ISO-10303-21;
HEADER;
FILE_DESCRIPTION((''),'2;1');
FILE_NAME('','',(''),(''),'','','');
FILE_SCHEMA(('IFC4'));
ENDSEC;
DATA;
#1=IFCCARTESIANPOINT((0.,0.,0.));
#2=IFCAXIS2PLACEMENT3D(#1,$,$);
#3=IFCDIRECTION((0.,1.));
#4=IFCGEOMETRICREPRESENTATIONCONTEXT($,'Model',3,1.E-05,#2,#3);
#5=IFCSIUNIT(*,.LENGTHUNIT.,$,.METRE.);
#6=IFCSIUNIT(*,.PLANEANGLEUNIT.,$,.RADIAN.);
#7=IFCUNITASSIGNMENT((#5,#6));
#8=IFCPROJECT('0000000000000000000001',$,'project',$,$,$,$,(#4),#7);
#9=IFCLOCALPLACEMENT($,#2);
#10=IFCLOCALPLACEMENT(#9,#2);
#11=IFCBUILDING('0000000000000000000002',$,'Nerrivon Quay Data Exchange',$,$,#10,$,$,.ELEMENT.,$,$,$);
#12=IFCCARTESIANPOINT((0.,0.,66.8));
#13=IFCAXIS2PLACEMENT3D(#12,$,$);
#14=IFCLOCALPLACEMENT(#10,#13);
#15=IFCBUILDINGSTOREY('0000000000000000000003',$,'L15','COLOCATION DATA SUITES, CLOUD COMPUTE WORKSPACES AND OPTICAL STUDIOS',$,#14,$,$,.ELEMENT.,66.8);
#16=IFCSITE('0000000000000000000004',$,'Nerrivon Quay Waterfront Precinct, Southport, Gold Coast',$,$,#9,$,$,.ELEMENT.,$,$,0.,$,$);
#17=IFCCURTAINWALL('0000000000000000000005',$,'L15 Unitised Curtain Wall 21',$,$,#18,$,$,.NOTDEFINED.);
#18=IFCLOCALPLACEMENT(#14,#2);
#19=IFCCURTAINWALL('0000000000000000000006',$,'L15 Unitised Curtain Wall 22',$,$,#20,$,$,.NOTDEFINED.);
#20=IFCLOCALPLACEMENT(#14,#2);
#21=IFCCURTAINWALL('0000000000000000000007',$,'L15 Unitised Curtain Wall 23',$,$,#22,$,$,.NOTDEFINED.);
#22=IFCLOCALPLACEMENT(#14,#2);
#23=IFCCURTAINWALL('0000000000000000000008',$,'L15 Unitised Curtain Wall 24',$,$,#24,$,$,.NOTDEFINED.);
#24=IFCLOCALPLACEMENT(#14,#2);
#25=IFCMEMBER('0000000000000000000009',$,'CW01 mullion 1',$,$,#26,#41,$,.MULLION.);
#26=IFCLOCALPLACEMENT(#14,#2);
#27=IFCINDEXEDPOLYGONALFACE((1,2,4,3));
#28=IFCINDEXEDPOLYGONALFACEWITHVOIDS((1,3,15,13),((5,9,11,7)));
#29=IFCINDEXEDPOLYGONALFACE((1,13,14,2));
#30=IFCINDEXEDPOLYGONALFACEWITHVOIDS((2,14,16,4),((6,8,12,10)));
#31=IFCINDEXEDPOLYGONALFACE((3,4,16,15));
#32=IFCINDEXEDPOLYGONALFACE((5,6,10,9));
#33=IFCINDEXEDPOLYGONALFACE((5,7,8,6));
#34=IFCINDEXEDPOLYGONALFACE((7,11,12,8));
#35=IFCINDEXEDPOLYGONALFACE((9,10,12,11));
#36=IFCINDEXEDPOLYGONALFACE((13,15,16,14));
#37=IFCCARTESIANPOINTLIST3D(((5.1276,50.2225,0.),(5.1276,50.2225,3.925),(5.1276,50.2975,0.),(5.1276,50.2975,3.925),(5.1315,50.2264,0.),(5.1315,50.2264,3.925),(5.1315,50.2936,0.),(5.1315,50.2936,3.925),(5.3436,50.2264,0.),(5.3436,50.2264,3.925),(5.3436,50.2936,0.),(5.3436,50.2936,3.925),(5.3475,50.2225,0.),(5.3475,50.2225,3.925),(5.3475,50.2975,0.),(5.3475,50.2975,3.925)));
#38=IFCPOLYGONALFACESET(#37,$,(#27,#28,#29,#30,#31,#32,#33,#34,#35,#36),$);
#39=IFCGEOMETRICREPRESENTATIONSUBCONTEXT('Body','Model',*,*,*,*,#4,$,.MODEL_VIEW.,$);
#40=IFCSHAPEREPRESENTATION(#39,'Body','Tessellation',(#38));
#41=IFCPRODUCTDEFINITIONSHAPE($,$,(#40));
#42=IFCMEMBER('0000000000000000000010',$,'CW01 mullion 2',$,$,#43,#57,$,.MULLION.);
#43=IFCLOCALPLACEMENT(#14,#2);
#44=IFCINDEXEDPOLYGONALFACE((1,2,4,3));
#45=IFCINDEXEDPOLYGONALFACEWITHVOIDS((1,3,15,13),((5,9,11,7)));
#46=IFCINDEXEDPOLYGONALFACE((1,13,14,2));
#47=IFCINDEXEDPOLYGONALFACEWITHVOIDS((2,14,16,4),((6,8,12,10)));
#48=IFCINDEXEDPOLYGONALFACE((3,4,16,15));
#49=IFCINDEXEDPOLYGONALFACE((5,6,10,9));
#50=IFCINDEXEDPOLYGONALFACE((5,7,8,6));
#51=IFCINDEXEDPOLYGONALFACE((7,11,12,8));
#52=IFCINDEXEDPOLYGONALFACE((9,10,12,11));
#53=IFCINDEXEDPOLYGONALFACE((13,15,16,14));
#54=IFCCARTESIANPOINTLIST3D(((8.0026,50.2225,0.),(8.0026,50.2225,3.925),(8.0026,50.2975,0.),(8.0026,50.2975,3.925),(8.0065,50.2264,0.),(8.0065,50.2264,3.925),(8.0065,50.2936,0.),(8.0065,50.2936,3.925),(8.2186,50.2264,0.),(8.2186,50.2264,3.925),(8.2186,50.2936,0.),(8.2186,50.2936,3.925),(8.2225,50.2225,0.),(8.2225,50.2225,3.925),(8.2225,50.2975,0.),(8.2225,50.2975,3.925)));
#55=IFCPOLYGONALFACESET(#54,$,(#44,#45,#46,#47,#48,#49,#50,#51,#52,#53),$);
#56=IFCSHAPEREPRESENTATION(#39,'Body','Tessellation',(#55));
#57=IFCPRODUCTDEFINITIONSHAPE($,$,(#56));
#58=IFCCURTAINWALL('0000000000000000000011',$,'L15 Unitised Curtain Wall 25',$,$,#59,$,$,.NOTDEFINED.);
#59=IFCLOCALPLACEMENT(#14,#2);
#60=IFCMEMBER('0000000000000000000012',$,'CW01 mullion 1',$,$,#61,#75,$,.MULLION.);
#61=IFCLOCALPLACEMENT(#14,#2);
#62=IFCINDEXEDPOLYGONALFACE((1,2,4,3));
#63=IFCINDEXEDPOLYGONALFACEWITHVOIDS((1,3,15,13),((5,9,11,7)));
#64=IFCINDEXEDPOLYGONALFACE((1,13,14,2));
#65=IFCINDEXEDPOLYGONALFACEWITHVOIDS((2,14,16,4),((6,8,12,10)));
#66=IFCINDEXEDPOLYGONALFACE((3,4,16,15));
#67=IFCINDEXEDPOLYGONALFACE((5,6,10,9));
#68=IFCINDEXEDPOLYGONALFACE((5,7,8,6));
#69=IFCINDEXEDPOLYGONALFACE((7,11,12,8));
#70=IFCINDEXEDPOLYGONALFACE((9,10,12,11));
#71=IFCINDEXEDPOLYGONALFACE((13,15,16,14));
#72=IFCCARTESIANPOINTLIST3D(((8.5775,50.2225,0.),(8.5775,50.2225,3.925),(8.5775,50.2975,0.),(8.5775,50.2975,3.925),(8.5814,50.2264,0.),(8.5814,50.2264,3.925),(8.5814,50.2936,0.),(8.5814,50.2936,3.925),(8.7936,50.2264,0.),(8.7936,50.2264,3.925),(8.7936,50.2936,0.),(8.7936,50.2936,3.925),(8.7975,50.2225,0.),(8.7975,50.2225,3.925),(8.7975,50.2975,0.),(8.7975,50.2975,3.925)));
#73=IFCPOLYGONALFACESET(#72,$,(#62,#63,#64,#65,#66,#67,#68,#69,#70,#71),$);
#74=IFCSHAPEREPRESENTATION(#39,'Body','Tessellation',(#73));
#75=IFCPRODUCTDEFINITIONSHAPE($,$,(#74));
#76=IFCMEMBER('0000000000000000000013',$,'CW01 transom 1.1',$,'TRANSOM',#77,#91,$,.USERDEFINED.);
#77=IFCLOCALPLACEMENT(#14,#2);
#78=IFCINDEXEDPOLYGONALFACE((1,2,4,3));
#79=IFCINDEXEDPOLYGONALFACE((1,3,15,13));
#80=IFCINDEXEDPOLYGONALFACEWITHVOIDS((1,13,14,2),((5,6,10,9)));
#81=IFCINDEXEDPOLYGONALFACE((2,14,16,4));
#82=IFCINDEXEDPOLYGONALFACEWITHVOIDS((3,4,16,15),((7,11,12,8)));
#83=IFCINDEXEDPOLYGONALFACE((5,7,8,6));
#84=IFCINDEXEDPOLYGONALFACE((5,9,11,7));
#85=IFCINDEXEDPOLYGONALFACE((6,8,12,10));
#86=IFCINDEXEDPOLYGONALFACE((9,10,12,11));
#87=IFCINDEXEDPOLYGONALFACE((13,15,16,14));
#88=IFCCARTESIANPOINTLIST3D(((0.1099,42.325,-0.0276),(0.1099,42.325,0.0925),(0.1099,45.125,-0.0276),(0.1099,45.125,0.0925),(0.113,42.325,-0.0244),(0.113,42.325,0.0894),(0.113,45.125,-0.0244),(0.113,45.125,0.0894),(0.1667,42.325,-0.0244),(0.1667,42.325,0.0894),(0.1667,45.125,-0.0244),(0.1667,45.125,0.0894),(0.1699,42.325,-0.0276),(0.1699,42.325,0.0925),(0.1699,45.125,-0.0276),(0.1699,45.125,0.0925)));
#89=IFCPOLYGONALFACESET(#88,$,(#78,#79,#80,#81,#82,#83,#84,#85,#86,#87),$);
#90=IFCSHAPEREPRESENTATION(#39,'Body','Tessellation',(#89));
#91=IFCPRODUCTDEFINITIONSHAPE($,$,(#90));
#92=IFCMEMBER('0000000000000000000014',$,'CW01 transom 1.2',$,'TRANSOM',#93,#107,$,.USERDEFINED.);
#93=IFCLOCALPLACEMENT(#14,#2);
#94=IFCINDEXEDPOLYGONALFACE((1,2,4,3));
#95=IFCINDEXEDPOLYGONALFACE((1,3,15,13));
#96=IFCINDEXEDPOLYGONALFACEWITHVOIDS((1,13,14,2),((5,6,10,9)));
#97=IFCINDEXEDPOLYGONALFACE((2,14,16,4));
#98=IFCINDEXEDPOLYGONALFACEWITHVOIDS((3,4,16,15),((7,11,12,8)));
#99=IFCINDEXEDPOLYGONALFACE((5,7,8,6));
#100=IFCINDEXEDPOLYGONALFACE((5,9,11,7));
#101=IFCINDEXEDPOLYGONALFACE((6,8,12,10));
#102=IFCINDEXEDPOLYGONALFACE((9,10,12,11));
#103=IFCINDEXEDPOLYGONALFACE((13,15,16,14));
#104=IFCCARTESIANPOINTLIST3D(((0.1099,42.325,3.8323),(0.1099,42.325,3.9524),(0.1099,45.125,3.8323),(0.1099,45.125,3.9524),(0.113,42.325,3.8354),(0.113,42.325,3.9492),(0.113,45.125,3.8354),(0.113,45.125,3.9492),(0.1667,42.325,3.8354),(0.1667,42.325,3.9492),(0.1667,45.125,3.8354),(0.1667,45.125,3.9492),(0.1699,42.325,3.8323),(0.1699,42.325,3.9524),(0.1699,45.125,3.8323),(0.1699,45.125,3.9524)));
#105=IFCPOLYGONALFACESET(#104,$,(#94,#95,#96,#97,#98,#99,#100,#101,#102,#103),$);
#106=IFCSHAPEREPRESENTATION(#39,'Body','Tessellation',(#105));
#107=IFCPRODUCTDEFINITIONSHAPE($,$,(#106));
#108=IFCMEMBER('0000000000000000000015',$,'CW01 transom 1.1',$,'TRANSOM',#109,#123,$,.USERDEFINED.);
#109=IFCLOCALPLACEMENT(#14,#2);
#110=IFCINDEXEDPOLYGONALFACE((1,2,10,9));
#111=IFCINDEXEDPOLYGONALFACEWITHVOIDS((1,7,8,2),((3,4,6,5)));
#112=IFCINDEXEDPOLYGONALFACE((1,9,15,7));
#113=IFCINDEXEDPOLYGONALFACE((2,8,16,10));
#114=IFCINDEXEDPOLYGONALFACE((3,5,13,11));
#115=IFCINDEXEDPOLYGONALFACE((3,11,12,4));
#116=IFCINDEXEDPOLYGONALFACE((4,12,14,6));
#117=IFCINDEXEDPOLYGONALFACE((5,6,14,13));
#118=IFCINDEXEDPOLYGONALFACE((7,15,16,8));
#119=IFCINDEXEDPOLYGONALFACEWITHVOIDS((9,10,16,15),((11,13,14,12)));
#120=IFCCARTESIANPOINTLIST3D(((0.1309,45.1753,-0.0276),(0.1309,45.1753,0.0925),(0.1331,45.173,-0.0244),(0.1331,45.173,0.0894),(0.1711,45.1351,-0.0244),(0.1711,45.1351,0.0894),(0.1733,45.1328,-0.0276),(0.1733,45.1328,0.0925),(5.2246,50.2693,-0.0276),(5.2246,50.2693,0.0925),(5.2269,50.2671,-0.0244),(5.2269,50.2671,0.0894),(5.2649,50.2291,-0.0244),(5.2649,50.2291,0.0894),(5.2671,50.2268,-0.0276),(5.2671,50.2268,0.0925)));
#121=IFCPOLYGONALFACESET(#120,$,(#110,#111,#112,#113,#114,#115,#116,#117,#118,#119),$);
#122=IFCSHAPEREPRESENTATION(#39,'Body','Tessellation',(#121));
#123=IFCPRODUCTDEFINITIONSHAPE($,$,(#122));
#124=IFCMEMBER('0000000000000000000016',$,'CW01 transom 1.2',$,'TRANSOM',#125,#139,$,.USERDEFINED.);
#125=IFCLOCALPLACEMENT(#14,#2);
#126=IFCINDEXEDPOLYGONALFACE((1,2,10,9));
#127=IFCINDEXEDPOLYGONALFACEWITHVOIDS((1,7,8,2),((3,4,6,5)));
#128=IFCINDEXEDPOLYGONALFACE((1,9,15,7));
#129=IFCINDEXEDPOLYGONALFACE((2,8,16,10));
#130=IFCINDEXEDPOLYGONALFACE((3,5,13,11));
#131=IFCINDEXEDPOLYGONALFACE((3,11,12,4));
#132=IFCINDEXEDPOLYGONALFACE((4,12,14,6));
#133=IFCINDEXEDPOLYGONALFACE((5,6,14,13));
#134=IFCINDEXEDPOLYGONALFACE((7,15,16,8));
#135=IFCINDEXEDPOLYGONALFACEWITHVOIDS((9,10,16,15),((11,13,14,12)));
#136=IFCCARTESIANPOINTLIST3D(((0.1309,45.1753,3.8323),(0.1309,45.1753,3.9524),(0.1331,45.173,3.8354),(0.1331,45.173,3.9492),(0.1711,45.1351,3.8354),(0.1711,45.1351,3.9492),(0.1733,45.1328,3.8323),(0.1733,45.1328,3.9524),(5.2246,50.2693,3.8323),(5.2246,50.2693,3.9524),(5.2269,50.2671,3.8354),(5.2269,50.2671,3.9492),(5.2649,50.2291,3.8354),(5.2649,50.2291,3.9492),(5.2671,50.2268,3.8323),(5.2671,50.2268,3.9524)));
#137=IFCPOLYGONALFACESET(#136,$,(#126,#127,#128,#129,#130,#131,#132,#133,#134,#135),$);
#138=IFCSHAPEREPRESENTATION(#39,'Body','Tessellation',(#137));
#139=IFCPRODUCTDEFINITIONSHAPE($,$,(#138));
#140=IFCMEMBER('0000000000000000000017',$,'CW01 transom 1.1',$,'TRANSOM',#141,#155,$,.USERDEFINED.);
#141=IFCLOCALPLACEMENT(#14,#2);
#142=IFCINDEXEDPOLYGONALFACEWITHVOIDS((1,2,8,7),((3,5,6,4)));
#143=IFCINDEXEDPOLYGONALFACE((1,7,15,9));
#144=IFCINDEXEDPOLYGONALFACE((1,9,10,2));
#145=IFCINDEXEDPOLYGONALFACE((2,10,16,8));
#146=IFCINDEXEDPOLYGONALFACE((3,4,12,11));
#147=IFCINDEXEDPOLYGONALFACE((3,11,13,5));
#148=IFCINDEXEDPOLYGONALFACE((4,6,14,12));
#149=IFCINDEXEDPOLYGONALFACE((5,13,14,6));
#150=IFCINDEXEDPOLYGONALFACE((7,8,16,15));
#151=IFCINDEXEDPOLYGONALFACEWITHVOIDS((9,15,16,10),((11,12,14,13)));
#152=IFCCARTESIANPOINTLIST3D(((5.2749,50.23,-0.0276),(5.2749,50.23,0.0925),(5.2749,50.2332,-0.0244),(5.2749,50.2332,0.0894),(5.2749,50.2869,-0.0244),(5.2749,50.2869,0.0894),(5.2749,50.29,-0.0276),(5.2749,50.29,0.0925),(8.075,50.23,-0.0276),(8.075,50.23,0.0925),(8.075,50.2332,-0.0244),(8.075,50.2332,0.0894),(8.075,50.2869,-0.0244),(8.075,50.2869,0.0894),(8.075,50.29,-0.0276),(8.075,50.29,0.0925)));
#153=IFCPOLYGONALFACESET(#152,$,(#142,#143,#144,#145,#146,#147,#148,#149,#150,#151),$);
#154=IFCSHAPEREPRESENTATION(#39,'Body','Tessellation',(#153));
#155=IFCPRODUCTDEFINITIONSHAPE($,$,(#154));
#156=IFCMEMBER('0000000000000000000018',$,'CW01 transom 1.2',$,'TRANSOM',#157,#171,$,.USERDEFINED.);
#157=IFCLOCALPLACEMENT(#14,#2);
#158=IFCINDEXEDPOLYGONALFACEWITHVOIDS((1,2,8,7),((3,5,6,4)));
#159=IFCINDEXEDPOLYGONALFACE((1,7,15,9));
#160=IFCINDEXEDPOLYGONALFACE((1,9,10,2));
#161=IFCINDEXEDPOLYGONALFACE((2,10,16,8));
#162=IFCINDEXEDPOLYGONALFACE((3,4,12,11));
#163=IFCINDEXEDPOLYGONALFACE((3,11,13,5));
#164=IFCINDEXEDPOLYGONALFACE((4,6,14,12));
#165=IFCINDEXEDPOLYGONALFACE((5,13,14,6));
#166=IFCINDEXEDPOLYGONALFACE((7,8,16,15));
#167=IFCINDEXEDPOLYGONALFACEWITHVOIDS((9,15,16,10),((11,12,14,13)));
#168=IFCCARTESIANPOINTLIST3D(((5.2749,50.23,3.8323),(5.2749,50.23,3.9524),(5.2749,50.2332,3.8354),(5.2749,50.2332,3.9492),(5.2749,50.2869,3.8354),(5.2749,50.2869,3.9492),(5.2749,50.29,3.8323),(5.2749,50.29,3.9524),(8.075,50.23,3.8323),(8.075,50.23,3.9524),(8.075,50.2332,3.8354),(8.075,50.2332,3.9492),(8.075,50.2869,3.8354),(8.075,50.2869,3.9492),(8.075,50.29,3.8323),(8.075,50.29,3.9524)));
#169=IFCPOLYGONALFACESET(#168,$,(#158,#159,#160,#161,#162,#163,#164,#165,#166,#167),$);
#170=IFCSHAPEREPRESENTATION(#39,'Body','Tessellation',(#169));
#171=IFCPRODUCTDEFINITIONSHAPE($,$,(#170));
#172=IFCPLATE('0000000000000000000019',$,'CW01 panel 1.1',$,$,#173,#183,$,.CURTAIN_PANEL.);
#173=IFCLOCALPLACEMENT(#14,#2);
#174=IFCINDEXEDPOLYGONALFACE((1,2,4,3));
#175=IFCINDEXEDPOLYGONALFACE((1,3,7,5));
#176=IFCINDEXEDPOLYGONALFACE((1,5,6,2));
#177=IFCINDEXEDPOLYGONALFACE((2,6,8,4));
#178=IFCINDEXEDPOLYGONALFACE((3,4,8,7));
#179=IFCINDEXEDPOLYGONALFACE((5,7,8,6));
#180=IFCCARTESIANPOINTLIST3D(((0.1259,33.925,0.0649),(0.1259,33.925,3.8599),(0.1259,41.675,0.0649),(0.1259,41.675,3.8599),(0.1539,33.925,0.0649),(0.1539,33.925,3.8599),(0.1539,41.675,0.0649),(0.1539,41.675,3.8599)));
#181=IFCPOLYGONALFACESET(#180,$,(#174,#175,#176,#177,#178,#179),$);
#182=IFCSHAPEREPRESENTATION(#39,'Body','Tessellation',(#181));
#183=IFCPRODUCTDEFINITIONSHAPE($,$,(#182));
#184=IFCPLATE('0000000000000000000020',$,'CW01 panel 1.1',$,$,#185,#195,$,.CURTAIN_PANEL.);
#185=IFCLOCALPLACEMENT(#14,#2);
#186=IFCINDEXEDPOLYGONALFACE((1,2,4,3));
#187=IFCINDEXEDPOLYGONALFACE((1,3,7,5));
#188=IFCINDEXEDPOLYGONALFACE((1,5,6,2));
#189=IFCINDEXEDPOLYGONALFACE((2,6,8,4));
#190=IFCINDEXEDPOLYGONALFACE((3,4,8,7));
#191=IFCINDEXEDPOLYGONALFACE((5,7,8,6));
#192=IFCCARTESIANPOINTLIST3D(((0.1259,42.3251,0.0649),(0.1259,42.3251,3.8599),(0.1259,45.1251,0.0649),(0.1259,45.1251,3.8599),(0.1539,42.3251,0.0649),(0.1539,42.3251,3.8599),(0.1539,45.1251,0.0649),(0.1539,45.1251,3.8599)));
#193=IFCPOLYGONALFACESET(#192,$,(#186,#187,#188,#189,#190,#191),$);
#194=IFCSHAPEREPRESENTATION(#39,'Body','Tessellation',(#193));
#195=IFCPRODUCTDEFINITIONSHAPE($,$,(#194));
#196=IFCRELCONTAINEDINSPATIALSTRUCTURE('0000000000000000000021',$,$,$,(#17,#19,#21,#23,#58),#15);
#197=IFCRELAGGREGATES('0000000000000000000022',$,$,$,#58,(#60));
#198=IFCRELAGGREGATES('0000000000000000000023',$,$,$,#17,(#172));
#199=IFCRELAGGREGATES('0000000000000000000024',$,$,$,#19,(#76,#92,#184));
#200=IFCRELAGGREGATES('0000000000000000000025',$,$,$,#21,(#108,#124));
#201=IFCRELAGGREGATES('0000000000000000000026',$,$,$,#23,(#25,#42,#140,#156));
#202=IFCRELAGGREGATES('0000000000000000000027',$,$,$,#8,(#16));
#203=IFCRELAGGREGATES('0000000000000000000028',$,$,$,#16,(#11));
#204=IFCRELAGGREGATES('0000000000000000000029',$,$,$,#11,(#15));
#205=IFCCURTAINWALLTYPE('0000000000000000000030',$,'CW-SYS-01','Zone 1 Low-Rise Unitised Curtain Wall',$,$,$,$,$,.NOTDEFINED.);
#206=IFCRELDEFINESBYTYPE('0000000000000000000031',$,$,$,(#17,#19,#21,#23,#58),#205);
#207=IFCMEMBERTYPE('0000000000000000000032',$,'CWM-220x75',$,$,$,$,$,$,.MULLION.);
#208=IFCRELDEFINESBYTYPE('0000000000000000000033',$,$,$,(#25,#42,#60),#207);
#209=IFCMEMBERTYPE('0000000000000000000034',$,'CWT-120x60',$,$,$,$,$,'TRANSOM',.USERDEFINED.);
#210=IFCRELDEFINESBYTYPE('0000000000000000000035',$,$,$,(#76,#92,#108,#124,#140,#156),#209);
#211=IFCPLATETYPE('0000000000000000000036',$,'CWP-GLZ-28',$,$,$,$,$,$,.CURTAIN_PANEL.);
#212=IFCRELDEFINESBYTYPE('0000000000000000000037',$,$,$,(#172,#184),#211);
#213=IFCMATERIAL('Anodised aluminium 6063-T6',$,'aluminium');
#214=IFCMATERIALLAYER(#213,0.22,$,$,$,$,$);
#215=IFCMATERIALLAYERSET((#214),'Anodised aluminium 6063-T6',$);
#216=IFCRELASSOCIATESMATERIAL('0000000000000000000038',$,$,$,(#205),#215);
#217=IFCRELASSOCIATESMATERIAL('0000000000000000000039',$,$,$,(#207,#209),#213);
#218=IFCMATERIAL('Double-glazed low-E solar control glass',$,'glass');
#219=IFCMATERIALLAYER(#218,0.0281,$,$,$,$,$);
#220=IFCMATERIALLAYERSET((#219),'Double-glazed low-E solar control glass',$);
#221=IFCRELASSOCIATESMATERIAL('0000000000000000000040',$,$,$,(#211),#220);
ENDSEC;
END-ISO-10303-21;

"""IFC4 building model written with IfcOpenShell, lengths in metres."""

from ifc_helpers import new_model, si_unit, direction, frame, origin, origin_2d, place, context, subcontext, project, spatial, rectangle, hollow_rectangle, extrude, material, layer, layer_set, material_profile, profile_set, type_object, element, aggregate, save


model = new_model("IFC4")

# Units and contexts
model_context = context("Model", 3, precision=1e-05, world=origin(), true_north=direction((0.0, 1.0)))
body_context = subcontext(model_context, "Body", "Model", "MODEL_VIEW")
ifc_project = project(units=[si_unit("LENGTHUNIT", "METRE"), si_unit("PLANEANGLEUNIT", "RADIAN")], contexts=[model_context])

# Site, building, storey
site_placement = place(None, origin())
site = spatial("IfcSite", under=ifc_project, at=site_placement, Name="Nerrivon Quay Waterfront Precinct, Southport, Gold Coast", CompositionType="ELEMENT", RefElevation=0.0)
building_placement = place(site_placement, origin())
building = spatial("IfcBuilding", under=site, at=building_placement, Name="Nerrivon Quay Data Exchange", CompositionType="ELEMENT")
storey_placement = place(building_placement, frame((0.0, 0.0, 66.8)))
storey = spatial("IfcBuildingStorey", under=building, at=storey_placement, Name="L15", Description="COLOCATION DATA SUITES, CLOUD COMPUTE WORKSPACES AND OPTICAL STUDIOS", CompositionType="ELEMENT", Elevation=66.8)

# Curtain wall
ifc_material_1 = material(Name="Anodised aluminium 6063-T6", Category="aluminium")
ifc_layer_1 = layer(ifc_material_1, 0.22)
ifc_layer_set_1 = layer_set([ifc_layer_1], Name="Anodised aluminium 6063-T6")
curtain_wall_type = type_object("IfcCurtainWallType", Name="CW-SYS-01", Description="Zone 1 Low-Rise Unitised Curtain Wall", PredefinedType="NOTDEFINED", material=ifc_layer_set_1)
curtain_wall_1_placement = place(storey_placement, origin())
curtain_wall_1 = element("IfcCurtainWall", 1, at=curtain_wall_1_placement, inside=storey, type_object=curtain_wall_type, Name="L15 Unitised Curtain Wall 21", PredefinedType="NOTDEFINED")
ifc_material_profile_1 = material_profile(ifc_material_1, hollow_rectangle(XDim=0.075, YDim=0.22, WallThickness=0.0039, at=origin_2d()), Name="ALU-MULL-220x75")
ifc_profile_set_1 = profile_set([ifc_material_profile_1], Name="Anodised aluminium 6063-T6")
member_type_1 = type_object("IfcMemberType", Name="CWM-220x75", PredefinedType="MULLION", material=ifc_profile_set_1)

# Curtain walls, members
curtain_wall_2_placement = place(storey_placement, origin())
curtain_wall_2 = element("IfcCurtainWall", 2, at=curtain_wall_2_placement, inside=storey, type_object=curtain_wall_type, Name="L15 Unitised Curtain Wall 22", PredefinedType="NOTDEFINED")
curtain_wall_3_placement = place(storey_placement, origin())
curtain_wall_3 = element("IfcCurtainWall", 3, at=curtain_wall_3_placement, inside=storey, type_object=curtain_wall_type, Name="L15 Unitised Curtain Wall 23", PredefinedType="NOTDEFINED")
curtain_wall_4_placement = place(storey_placement, origin())
curtain_wall_4 = element("IfcCurtainWall", 4, at=curtain_wall_4_placement, inside=storey, type_object=curtain_wall_type, Name="L15 Unitised Curtain Wall 24", PredefinedType="NOTDEFINED")
member_1_placement = place(storey_placement, frame((5.2375, 50.26, 0.0), z_axis=(0.0, 0.0, 1.0), x_axis=(0.0, 1.0, 0.0)))
member_1 = element("IfcMember", 5, at=member_1_placement, type_object=member_type_1, Name="CW01 mullion 1", PredefinedType="MULLION", context=body_context, shape_type="SweptSolid", body=[
    extrude(hollow_rectangle(XDim=0.075, YDim=0.22, WallThickness=0.0039, at=origin_2d()), origin(), (0.0, 0.0, 1.0), 3.925),
])
member_2_placement = place(storey_placement, frame((8.1125, 50.26, 0.0), z_axis=(0.0, 0.0, 1.0), x_axis=(0.0, 1.0, 0.0)))
member_2 = element("IfcMember", 6, at=member_2_placement, type_object=member_type_1, Name="CW01 mullion 2", PredefinedType="MULLION", context=body_context, shape_type="SweptSolid", body=[
    extrude(hollow_rectangle(XDim=0.075, YDim=0.22, WallThickness=0.0039, at=origin_2d()), origin(), (0.0, 0.0, 1.0), 3.925),
])

# Curtain wall, member
curtain_wall_5_placement = place(storey_placement, origin())
curtain_wall_5 = element("IfcCurtainWall", 7, at=curtain_wall_5_placement, inside=storey, type_object=curtain_wall_type, Name="L15 Unitised Curtain Wall 25", PredefinedType="NOTDEFINED")
member_3_placement = place(storey_placement, frame((8.6875, 50.26, 0.0), z_axis=(0.0, 0.0, 1.0), x_axis=(0.0, 1.0, 0.0)))
member_3 = element("IfcMember", 8, at=member_3_placement, type_object=member_type_1, Name="CW01 mullion 1", PredefinedType="MULLION", context=body_context, shape_type="SweptSolid", body=[
    extrude(hollow_rectangle(XDim=0.075, YDim=0.22, WallThickness=0.0039, at=origin_2d()), origin(), (0.0, 0.0, 1.0), 3.925),
])
aggregate(curtain_wall_5, [member_3])

# Members
ifc_material_profile_2 = material_profile(ifc_material_1, hollow_rectangle(XDim=0.0601, YDim=0.1201, WallThickness=0.0032, at=origin_2d()), Name="ALU-TRAN-120x60")
ifc_profile_set_2 = profile_set([ifc_material_profile_2], Name="Anodised aluminium 6063-T6")
member_type_2 = type_object("IfcMemberType", Name="CWT-120x60", ElementType="TRANSOM", PredefinedType="USERDEFINED", material=ifc_profile_set_2)
member_4_placement = place(storey_placement, frame((0.1399, 42.325, 0.0325), z_axis=(0.0, 1.0, 0.0), x_axis=(-1.0, 0.0, 0.0)))
member_4 = element("IfcMember", 9, at=member_4_placement, type_object=member_type_2, Name="CW01 transom 1.1", ObjectType="TRANSOM", PredefinedType="USERDEFINED", context=body_context, shape_type="SweptSolid", body=[
    extrude(hollow_rectangle(XDim=0.0601, YDim=0.1201, WallThickness=0.0032, at=origin_2d()), origin(), (0.0, 0.0, 1.0), 2.8),
])
member_5_placement = place(storey_placement, frame((0.1399, 42.325, 3.8923), z_axis=(0.0, 1.0, 0.0), x_axis=(-1.0, 0.0, 0.0)))
member_5 = element("IfcMember", 10, at=member_5_placement, type_object=member_type_2, Name="CW01 transom 1.2", ObjectType="TRANSOM", PredefinedType="USERDEFINED", context=body_context, shape_type="SweptSolid", body=[
    extrude(hollow_rectangle(XDim=0.0601, YDim=0.1201, WallThickness=0.0032, at=origin_2d()), origin(), (0.0, 0.0, 1.0), 2.8),
])
member_6_placement = place(storey_placement, frame((0.1521, 45.1541, 0.0325), z_axis=(0.70709, 0.707124, 0.0), x_axis=(-0.707124, 0.70709, 0.0)))
member_6 = element("IfcMember", 11, at=member_6_placement, type_object=member_type_2, Name="CW01 transom 1.1", ObjectType="TRANSOM", PredefinedType="USERDEFINED", context=body_context, shape_type="SweptSolid", body=[
    extrude(hollow_rectangle(XDim=0.0601, YDim=0.1201, WallThickness=0.0032, at=origin_2d()), origin(), (0.0, 0.0, 1.0), 7.2039),
])
member_7_placement = place(storey_placement, frame((0.1521, 45.1541, 3.8923), z_axis=(0.70709, 0.707124, 0.0), x_axis=(-0.707124, 0.70709, 0.0)))
member_7 = element("IfcMember", 12, at=member_7_placement, type_object=member_type_2, Name="CW01 transom 1.2", ObjectType="TRANSOM", PredefinedType="USERDEFINED", context=body_context, shape_type="SweptSolid", body=[
    extrude(hollow_rectangle(XDim=0.0601, YDim=0.1201, WallThickness=0.0032, at=origin_2d()), origin(), (0.0, 0.0, 1.0), 7.2039),
])
member_8_placement = place(storey_placement, frame((5.2749, 50.26, 0.0325), z_axis=(1.0, 0.0, 0.0), x_axis=(0.0, 1.0, 0.0)))
member_8 = element("IfcMember", 13, at=member_8_placement, type_object=member_type_2, Name="CW01 transom 1.1", ObjectType="TRANSOM", PredefinedType="USERDEFINED", context=body_context, shape_type="SweptSolid", body=[
    extrude(hollow_rectangle(XDim=0.0601, YDim=0.1201, WallThickness=0.0032, at=origin_2d()), origin(), (0.0, 0.0, 1.0), 2.8),
])
member_9_placement = place(storey_placement, frame((5.2749, 50.26, 3.8923), z_axis=(1.0, 0.0, 0.0), x_axis=(0.0, 1.0, 0.0)))
member_9 = element("IfcMember", 14, at=member_9_placement, type_object=member_type_2, Name="CW01 transom 1.2", ObjectType="TRANSOM", PredefinedType="USERDEFINED", context=body_context, shape_type="SweptSolid", body=[
    extrude(hollow_rectangle(XDim=0.0601, YDim=0.1201, WallThickness=0.0032, at=origin_2d()), origin(), (0.0, 0.0, 1.0), 2.8),
])

# Plates
ifc_material_2 = material(Name="Double-glazed low-E solar control glass", Category="glass")
ifc_layer_2 = layer(ifc_material_2, 0.0281)
ifc_layer_set_2 = layer_set([ifc_layer_2], Name="Double-glazed low-E solar control glass")
plate_type = type_object("IfcPlateType", Name="CWP-GLZ-28", PredefinedType="CURTAIN_PANEL", material=ifc_layer_set_2)
plate_1_placement = place(storey_placement, frame((0.1399, 37.8, 0.0649), z_axis=(0.0, 0.0, 1.0), x_axis=(0.0, 1.0, 0.0)))
plate_1 = element("IfcPlate", 15, at=plate_1_placement, type_object=plate_type, Name="CW01 panel 1.1", PredefinedType="CURTAIN_PANEL", context=body_context, shape_type="SweptSolid", body=[
    extrude(rectangle(XDim=7.75, YDim=0.0281, at=origin_2d()), origin(), (0.0, 0.0, 1.0), 3.7949),
])
aggregate(curtain_wall_1, [plate_1])
plate_2_placement = place(storey_placement, frame((0.1399, 43.7251, 0.0649), z_axis=(0.0, 0.0, 1.0), x_axis=(0.0, 1.0, 0.0)))
plate_2 = element("IfcPlate", 16, at=plate_2_placement, type_object=plate_type, Name="CW01 panel 1.1", PredefinedType="CURTAIN_PANEL", context=body_context, shape_type="SweptSolid", body=[
    extrude(rectangle(XDim=2.8, YDim=0.0281, at=origin_2d()), origin(), (0.0, 0.0, 1.0), 3.7949),
])
aggregate(curtain_wall_2, [member_4, member_5, plate_2])
aggregate(curtain_wall_3, [member_6, member_7])
aggregate(curtain_wall_4, [member_1, member_2, member_8, member_9])

save(model, "model.ifc")
